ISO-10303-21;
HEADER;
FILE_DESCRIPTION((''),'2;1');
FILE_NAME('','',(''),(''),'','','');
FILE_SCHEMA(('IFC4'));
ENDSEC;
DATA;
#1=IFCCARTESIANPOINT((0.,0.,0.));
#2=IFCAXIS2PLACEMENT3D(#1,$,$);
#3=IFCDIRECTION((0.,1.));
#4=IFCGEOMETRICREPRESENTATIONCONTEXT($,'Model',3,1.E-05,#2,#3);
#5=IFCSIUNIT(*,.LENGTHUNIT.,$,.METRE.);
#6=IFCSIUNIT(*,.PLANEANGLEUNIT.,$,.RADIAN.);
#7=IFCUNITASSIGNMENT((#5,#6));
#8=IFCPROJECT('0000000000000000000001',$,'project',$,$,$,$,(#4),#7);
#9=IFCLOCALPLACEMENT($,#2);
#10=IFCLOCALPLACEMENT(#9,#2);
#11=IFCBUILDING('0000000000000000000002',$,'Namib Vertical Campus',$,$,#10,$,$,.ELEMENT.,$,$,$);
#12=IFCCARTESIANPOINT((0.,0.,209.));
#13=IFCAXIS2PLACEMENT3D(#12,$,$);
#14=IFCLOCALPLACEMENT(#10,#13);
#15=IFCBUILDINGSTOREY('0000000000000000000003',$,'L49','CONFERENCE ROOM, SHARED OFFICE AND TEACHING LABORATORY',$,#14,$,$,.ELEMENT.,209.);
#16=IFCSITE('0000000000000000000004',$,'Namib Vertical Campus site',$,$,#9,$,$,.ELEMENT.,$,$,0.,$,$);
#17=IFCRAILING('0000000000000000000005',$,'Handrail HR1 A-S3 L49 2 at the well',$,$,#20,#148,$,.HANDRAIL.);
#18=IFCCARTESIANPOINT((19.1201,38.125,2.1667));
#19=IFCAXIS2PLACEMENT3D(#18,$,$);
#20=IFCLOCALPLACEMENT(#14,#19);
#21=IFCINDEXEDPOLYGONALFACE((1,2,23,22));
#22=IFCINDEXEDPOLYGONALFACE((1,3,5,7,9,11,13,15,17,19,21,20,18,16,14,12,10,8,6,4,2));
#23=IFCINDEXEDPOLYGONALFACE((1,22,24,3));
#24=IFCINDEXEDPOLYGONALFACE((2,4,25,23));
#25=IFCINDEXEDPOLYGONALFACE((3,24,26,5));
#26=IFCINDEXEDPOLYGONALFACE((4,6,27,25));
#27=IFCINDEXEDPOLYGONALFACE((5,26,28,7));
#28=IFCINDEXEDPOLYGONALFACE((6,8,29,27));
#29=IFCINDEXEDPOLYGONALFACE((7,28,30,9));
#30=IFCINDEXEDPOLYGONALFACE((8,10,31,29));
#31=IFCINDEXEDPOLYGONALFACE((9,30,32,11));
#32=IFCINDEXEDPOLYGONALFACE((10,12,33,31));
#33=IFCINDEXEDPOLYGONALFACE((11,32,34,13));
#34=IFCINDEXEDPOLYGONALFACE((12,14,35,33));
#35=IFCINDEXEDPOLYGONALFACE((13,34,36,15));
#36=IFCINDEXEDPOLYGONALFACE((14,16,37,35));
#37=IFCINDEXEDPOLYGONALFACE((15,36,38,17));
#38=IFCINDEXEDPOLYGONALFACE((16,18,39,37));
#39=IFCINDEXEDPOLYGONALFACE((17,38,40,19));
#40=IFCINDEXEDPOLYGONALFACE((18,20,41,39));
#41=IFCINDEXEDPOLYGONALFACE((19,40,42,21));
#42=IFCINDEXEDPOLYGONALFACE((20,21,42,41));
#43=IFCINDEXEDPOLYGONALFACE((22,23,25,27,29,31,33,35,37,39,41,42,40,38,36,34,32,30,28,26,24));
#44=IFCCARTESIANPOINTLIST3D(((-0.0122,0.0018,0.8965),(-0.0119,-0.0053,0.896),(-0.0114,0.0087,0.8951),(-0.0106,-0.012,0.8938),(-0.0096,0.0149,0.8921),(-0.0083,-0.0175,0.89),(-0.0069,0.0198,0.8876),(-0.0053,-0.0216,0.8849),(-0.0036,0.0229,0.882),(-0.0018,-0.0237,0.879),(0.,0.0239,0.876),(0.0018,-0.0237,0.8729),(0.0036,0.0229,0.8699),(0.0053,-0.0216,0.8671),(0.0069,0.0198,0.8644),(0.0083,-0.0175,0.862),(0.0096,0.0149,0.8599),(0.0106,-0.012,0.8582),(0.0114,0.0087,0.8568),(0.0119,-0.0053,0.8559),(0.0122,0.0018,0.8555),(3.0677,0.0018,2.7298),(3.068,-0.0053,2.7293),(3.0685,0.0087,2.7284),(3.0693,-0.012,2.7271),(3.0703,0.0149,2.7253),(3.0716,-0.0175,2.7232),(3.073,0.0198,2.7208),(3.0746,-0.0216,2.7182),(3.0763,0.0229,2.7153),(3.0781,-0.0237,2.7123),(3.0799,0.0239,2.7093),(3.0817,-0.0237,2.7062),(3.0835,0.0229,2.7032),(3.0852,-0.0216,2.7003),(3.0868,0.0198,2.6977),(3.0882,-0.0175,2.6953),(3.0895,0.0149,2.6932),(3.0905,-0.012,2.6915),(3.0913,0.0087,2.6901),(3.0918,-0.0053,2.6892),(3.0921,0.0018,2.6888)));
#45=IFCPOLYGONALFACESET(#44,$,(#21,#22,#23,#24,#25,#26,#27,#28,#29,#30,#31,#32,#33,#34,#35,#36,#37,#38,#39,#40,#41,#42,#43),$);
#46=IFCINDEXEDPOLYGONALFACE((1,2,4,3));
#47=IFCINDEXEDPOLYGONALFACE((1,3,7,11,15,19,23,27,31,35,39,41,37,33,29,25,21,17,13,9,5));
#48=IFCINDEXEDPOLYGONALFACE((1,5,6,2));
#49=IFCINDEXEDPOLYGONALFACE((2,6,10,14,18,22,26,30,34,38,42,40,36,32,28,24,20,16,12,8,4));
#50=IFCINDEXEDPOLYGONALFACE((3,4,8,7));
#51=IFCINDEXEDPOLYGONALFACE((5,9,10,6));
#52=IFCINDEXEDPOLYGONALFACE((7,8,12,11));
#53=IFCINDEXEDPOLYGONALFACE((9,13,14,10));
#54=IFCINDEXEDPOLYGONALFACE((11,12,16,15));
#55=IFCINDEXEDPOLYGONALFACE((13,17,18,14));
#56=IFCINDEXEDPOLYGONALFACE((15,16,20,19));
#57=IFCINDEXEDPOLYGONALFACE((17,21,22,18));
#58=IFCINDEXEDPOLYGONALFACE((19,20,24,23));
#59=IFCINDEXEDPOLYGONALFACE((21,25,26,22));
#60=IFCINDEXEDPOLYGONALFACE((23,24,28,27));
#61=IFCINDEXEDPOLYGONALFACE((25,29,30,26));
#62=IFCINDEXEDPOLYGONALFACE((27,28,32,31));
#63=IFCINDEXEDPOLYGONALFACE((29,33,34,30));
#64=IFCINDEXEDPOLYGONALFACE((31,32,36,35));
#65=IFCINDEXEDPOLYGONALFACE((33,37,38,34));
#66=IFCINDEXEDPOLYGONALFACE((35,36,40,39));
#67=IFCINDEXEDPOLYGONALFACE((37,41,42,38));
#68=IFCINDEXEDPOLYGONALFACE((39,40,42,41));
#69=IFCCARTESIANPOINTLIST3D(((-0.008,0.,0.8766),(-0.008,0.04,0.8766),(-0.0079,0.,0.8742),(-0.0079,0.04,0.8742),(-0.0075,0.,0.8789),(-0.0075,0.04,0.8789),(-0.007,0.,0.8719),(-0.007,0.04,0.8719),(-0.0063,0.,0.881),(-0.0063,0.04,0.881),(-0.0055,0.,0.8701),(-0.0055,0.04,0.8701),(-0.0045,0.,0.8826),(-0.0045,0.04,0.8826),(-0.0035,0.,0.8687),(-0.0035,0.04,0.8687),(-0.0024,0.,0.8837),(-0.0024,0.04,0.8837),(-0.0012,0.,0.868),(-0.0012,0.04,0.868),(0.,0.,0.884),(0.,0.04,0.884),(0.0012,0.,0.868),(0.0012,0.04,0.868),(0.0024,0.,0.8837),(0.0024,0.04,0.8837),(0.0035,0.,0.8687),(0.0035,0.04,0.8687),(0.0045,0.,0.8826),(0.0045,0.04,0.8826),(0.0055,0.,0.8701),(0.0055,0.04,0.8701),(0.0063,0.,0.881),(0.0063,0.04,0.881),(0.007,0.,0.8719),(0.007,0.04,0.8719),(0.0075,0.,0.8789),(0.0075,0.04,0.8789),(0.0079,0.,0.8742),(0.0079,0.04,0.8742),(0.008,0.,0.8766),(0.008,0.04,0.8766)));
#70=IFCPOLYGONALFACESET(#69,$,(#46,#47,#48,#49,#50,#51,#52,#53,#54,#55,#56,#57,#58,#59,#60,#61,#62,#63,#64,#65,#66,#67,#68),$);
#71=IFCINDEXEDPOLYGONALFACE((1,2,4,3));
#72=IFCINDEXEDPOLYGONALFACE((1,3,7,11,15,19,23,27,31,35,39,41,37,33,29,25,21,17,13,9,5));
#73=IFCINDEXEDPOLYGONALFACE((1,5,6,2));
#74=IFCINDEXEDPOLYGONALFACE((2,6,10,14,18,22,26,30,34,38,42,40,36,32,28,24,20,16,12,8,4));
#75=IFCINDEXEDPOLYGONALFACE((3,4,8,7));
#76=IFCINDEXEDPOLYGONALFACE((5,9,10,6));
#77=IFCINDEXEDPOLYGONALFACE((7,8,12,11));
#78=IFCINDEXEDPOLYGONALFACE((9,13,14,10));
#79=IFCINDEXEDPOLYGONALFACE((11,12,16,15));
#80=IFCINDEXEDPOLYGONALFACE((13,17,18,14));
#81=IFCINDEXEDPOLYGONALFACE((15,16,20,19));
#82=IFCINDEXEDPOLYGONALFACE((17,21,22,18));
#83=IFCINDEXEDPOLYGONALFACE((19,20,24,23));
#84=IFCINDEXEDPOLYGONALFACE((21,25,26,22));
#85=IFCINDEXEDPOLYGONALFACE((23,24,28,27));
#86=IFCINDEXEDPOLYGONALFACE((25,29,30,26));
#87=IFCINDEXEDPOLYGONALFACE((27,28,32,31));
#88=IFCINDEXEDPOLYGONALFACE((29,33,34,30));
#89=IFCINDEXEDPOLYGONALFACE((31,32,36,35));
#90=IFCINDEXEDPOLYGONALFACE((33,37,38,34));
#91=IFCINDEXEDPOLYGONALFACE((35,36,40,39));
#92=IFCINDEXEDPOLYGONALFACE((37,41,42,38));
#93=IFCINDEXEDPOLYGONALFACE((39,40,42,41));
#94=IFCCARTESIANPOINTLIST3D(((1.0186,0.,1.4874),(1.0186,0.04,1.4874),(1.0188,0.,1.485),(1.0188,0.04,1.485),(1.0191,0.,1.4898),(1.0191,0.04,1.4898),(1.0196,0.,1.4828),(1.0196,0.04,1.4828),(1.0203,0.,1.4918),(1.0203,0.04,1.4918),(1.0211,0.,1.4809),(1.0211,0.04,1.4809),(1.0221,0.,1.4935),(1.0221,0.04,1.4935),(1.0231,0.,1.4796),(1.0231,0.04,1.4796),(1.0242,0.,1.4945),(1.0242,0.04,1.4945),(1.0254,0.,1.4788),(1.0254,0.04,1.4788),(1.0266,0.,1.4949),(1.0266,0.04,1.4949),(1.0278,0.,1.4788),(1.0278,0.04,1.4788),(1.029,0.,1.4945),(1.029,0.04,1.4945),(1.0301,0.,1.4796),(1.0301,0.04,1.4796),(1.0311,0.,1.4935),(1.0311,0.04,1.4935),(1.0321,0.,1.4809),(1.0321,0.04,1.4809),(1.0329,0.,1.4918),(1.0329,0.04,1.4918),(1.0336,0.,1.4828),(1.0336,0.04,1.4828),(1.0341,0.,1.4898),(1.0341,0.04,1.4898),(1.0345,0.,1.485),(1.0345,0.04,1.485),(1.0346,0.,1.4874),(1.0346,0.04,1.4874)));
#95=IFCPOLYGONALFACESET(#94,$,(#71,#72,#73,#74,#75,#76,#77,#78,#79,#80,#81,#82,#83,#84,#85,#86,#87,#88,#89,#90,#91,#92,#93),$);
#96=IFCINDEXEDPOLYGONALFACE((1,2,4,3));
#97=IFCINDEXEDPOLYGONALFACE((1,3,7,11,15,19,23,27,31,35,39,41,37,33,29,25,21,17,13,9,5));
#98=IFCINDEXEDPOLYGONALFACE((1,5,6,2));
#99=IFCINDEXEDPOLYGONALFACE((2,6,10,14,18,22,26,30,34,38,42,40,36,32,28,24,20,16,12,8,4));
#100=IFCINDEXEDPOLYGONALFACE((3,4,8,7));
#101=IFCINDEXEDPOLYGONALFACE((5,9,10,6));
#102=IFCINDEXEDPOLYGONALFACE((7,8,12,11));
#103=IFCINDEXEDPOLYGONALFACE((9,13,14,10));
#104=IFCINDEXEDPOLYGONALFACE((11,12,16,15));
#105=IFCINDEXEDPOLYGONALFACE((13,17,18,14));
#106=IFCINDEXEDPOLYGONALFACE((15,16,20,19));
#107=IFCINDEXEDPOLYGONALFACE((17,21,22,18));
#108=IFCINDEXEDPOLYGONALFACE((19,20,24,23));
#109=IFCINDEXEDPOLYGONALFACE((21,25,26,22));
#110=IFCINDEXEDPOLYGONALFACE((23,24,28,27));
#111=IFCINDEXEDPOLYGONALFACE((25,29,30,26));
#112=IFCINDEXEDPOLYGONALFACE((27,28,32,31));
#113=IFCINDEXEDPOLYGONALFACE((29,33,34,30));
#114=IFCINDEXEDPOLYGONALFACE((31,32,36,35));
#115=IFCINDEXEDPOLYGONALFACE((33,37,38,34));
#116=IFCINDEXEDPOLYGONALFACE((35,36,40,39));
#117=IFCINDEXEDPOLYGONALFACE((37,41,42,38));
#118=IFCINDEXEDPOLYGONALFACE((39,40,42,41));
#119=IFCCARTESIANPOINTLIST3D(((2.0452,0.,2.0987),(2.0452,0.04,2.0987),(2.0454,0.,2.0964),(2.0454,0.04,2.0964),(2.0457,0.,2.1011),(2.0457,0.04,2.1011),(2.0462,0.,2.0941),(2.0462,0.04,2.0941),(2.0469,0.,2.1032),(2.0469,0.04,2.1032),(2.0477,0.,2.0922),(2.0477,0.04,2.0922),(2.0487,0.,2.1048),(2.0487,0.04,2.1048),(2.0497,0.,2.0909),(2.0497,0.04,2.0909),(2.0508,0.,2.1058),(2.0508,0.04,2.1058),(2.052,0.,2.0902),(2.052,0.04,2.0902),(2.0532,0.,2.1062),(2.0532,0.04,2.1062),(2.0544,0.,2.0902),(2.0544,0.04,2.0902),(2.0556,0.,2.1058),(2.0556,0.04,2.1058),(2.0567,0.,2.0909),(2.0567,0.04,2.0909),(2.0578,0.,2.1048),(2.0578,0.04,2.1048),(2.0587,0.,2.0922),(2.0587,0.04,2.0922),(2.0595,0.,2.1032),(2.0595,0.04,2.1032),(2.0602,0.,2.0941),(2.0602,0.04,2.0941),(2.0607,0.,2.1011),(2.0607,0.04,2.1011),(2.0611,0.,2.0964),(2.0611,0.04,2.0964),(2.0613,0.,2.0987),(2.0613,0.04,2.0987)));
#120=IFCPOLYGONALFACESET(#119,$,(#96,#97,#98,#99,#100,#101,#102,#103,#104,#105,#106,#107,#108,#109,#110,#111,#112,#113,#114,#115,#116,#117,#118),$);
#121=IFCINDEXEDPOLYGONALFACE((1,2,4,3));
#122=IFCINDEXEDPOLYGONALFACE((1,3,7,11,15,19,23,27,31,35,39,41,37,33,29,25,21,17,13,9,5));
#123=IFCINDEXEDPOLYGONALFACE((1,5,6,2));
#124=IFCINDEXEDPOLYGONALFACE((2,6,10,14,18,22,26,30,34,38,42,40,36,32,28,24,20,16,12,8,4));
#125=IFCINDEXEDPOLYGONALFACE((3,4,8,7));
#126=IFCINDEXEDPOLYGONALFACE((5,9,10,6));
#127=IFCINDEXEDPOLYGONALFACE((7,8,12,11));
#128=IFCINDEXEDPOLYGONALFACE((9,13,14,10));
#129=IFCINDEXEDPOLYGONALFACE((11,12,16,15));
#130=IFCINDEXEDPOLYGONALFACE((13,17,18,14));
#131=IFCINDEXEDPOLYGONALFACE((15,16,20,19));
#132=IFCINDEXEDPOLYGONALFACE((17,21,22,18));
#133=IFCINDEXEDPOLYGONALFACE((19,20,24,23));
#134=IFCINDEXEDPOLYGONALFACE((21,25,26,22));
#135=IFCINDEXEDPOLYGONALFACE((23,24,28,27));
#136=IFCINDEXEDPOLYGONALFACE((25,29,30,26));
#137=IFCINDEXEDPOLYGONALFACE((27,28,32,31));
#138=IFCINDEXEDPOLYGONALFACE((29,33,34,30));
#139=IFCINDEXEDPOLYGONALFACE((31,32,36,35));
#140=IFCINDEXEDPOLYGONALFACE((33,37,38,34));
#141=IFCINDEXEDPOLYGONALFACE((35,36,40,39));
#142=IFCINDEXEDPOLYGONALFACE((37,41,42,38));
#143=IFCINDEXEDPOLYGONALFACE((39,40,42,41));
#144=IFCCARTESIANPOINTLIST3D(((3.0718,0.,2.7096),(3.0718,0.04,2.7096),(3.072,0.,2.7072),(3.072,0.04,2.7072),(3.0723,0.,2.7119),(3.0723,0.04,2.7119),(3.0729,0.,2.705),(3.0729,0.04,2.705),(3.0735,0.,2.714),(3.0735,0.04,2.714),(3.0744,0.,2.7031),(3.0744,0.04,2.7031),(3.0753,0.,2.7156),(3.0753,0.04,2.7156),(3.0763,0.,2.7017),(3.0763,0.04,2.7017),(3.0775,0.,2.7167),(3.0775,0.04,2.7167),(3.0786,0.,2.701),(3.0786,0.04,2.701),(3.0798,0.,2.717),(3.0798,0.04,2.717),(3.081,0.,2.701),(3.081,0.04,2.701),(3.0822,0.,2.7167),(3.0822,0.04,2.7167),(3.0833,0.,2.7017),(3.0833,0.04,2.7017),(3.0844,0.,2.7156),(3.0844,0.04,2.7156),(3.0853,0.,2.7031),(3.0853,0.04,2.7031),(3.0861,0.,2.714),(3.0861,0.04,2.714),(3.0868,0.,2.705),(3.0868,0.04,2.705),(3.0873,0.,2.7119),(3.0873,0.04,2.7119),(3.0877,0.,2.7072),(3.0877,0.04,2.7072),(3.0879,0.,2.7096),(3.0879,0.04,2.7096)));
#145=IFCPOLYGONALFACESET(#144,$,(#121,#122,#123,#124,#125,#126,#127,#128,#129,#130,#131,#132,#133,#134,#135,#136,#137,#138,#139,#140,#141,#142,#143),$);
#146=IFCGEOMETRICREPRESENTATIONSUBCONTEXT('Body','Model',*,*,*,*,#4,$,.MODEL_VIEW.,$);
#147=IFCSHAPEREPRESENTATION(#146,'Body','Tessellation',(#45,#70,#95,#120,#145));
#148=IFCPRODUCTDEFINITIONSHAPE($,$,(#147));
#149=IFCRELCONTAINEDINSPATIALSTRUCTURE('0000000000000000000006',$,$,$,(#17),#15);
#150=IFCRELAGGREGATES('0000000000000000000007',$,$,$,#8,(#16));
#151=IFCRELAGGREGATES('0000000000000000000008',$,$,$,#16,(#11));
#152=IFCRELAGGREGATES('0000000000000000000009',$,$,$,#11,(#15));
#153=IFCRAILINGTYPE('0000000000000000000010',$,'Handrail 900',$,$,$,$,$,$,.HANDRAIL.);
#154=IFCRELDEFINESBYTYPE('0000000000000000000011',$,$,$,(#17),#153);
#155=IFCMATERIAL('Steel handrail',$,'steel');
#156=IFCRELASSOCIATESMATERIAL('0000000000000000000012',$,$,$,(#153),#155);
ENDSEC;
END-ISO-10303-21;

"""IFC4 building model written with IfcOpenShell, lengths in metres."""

from ifc_helpers import new_model, si_unit, direction, frame, origin, origin_2d, place, context, subcontext, project, spatial, circle, extrude, material, type_object, element, save


model = new_model("IFC4")

# Units and contexts
model_context = context("Model", 3, precision=1e-05, world=origin(), true_north=direction((0.0, 1.0)))
body_context = subcontext(model_context, "Body", "Model", "MODEL_VIEW")
ifc_project = project(units=[si_unit("LENGTHUNIT", "METRE"), si_unit("PLANEANGLEUNIT", "RADIAN")], contexts=[model_context])

# Site, building, storey
site_placement = place(None, origin())
site = spatial("IfcSite", under=ifc_project, at=site_placement, Name="Namib Vertical Campus site", CompositionType="ELEMENT", RefElevation=0.0)
building_placement = place(site_placement, origin())
building = spatial("IfcBuilding", under=site, at=building_placement, Name="Namib Vertical Campus", CompositionType="ELEMENT")
storey_placement = place(building_placement, frame((0.0, 0.0, 209.0)))
storey = spatial("IfcBuildingStorey", under=building, at=storey_placement, Name="L49", Description="CONFERENCE ROOM, SHARED OFFICE AND TEACHING LABORATORY", CompositionType="ELEMENT", Elevation=209.0)

# Railing
ifc_material_1 = material(Name="Steel handrail", Category="steel")
railing_type_1 = type_object("IfcRailingType", Name="Handrail 900", PredefinedType="HANDRAIL", material=ifc_material_1)
railing_1_placement = place(storey_placement, frame((19.1201, 38.125, 2.1667)))
element("IfcRailing", 1, at=railing_1_placement, inside=storey, type_object=railing_type_1, Name="Handrail HR1 A-S3 L49 2 at the well", PredefinedType="HANDRAIL", context=body_context, shape_type="SweptSolid", body=[
    extrude(circle(Radius=0.0239, at=origin_2d()), frame((0.0, 0.0, 0.876), z_axis=(0.859291, 0.0, 0.511487), x_axis=(0.0, 1.0, 0.0)), (0.0, 0.0, 1.0), 3.5842),
    extrude(circle(Radius=0.0081, at=origin_2d()), frame((0.0, 0.0, 0.876), z_axis=(0.0, 1.0, 0.0), x_axis=(0.0, 0.0, 1.0)), (0.0, 0.0, 1.0), 0.04),
    extrude(circle(Radius=0.0081, at=origin_2d()), frame((1.0266, 0.0, 1.4868), z_axis=(0.0, 1.0, 0.0), x_axis=(0.0, 0.0, 1.0)), (0.0, 0.0, 1.0), 0.04),
    extrude(circle(Radius=0.0081, at=origin_2d()), frame((2.0532, 0.0, 2.0981), z_axis=(0.0, 1.0, 0.0), x_axis=(0.0, 0.0, 1.0)), (0.0, 0.0, 1.0), 0.04),
    extrude(circle(Radius=0.0081, at=origin_2d()), frame((3.0798, 0.0, 2.709), z_axis=(0.0, 1.0, 0.0), x_axis=(0.0, 0.0, 1.0)), (0.0, 0.0, 1.0), 0.04),
])

save(model, "model.ifc")
